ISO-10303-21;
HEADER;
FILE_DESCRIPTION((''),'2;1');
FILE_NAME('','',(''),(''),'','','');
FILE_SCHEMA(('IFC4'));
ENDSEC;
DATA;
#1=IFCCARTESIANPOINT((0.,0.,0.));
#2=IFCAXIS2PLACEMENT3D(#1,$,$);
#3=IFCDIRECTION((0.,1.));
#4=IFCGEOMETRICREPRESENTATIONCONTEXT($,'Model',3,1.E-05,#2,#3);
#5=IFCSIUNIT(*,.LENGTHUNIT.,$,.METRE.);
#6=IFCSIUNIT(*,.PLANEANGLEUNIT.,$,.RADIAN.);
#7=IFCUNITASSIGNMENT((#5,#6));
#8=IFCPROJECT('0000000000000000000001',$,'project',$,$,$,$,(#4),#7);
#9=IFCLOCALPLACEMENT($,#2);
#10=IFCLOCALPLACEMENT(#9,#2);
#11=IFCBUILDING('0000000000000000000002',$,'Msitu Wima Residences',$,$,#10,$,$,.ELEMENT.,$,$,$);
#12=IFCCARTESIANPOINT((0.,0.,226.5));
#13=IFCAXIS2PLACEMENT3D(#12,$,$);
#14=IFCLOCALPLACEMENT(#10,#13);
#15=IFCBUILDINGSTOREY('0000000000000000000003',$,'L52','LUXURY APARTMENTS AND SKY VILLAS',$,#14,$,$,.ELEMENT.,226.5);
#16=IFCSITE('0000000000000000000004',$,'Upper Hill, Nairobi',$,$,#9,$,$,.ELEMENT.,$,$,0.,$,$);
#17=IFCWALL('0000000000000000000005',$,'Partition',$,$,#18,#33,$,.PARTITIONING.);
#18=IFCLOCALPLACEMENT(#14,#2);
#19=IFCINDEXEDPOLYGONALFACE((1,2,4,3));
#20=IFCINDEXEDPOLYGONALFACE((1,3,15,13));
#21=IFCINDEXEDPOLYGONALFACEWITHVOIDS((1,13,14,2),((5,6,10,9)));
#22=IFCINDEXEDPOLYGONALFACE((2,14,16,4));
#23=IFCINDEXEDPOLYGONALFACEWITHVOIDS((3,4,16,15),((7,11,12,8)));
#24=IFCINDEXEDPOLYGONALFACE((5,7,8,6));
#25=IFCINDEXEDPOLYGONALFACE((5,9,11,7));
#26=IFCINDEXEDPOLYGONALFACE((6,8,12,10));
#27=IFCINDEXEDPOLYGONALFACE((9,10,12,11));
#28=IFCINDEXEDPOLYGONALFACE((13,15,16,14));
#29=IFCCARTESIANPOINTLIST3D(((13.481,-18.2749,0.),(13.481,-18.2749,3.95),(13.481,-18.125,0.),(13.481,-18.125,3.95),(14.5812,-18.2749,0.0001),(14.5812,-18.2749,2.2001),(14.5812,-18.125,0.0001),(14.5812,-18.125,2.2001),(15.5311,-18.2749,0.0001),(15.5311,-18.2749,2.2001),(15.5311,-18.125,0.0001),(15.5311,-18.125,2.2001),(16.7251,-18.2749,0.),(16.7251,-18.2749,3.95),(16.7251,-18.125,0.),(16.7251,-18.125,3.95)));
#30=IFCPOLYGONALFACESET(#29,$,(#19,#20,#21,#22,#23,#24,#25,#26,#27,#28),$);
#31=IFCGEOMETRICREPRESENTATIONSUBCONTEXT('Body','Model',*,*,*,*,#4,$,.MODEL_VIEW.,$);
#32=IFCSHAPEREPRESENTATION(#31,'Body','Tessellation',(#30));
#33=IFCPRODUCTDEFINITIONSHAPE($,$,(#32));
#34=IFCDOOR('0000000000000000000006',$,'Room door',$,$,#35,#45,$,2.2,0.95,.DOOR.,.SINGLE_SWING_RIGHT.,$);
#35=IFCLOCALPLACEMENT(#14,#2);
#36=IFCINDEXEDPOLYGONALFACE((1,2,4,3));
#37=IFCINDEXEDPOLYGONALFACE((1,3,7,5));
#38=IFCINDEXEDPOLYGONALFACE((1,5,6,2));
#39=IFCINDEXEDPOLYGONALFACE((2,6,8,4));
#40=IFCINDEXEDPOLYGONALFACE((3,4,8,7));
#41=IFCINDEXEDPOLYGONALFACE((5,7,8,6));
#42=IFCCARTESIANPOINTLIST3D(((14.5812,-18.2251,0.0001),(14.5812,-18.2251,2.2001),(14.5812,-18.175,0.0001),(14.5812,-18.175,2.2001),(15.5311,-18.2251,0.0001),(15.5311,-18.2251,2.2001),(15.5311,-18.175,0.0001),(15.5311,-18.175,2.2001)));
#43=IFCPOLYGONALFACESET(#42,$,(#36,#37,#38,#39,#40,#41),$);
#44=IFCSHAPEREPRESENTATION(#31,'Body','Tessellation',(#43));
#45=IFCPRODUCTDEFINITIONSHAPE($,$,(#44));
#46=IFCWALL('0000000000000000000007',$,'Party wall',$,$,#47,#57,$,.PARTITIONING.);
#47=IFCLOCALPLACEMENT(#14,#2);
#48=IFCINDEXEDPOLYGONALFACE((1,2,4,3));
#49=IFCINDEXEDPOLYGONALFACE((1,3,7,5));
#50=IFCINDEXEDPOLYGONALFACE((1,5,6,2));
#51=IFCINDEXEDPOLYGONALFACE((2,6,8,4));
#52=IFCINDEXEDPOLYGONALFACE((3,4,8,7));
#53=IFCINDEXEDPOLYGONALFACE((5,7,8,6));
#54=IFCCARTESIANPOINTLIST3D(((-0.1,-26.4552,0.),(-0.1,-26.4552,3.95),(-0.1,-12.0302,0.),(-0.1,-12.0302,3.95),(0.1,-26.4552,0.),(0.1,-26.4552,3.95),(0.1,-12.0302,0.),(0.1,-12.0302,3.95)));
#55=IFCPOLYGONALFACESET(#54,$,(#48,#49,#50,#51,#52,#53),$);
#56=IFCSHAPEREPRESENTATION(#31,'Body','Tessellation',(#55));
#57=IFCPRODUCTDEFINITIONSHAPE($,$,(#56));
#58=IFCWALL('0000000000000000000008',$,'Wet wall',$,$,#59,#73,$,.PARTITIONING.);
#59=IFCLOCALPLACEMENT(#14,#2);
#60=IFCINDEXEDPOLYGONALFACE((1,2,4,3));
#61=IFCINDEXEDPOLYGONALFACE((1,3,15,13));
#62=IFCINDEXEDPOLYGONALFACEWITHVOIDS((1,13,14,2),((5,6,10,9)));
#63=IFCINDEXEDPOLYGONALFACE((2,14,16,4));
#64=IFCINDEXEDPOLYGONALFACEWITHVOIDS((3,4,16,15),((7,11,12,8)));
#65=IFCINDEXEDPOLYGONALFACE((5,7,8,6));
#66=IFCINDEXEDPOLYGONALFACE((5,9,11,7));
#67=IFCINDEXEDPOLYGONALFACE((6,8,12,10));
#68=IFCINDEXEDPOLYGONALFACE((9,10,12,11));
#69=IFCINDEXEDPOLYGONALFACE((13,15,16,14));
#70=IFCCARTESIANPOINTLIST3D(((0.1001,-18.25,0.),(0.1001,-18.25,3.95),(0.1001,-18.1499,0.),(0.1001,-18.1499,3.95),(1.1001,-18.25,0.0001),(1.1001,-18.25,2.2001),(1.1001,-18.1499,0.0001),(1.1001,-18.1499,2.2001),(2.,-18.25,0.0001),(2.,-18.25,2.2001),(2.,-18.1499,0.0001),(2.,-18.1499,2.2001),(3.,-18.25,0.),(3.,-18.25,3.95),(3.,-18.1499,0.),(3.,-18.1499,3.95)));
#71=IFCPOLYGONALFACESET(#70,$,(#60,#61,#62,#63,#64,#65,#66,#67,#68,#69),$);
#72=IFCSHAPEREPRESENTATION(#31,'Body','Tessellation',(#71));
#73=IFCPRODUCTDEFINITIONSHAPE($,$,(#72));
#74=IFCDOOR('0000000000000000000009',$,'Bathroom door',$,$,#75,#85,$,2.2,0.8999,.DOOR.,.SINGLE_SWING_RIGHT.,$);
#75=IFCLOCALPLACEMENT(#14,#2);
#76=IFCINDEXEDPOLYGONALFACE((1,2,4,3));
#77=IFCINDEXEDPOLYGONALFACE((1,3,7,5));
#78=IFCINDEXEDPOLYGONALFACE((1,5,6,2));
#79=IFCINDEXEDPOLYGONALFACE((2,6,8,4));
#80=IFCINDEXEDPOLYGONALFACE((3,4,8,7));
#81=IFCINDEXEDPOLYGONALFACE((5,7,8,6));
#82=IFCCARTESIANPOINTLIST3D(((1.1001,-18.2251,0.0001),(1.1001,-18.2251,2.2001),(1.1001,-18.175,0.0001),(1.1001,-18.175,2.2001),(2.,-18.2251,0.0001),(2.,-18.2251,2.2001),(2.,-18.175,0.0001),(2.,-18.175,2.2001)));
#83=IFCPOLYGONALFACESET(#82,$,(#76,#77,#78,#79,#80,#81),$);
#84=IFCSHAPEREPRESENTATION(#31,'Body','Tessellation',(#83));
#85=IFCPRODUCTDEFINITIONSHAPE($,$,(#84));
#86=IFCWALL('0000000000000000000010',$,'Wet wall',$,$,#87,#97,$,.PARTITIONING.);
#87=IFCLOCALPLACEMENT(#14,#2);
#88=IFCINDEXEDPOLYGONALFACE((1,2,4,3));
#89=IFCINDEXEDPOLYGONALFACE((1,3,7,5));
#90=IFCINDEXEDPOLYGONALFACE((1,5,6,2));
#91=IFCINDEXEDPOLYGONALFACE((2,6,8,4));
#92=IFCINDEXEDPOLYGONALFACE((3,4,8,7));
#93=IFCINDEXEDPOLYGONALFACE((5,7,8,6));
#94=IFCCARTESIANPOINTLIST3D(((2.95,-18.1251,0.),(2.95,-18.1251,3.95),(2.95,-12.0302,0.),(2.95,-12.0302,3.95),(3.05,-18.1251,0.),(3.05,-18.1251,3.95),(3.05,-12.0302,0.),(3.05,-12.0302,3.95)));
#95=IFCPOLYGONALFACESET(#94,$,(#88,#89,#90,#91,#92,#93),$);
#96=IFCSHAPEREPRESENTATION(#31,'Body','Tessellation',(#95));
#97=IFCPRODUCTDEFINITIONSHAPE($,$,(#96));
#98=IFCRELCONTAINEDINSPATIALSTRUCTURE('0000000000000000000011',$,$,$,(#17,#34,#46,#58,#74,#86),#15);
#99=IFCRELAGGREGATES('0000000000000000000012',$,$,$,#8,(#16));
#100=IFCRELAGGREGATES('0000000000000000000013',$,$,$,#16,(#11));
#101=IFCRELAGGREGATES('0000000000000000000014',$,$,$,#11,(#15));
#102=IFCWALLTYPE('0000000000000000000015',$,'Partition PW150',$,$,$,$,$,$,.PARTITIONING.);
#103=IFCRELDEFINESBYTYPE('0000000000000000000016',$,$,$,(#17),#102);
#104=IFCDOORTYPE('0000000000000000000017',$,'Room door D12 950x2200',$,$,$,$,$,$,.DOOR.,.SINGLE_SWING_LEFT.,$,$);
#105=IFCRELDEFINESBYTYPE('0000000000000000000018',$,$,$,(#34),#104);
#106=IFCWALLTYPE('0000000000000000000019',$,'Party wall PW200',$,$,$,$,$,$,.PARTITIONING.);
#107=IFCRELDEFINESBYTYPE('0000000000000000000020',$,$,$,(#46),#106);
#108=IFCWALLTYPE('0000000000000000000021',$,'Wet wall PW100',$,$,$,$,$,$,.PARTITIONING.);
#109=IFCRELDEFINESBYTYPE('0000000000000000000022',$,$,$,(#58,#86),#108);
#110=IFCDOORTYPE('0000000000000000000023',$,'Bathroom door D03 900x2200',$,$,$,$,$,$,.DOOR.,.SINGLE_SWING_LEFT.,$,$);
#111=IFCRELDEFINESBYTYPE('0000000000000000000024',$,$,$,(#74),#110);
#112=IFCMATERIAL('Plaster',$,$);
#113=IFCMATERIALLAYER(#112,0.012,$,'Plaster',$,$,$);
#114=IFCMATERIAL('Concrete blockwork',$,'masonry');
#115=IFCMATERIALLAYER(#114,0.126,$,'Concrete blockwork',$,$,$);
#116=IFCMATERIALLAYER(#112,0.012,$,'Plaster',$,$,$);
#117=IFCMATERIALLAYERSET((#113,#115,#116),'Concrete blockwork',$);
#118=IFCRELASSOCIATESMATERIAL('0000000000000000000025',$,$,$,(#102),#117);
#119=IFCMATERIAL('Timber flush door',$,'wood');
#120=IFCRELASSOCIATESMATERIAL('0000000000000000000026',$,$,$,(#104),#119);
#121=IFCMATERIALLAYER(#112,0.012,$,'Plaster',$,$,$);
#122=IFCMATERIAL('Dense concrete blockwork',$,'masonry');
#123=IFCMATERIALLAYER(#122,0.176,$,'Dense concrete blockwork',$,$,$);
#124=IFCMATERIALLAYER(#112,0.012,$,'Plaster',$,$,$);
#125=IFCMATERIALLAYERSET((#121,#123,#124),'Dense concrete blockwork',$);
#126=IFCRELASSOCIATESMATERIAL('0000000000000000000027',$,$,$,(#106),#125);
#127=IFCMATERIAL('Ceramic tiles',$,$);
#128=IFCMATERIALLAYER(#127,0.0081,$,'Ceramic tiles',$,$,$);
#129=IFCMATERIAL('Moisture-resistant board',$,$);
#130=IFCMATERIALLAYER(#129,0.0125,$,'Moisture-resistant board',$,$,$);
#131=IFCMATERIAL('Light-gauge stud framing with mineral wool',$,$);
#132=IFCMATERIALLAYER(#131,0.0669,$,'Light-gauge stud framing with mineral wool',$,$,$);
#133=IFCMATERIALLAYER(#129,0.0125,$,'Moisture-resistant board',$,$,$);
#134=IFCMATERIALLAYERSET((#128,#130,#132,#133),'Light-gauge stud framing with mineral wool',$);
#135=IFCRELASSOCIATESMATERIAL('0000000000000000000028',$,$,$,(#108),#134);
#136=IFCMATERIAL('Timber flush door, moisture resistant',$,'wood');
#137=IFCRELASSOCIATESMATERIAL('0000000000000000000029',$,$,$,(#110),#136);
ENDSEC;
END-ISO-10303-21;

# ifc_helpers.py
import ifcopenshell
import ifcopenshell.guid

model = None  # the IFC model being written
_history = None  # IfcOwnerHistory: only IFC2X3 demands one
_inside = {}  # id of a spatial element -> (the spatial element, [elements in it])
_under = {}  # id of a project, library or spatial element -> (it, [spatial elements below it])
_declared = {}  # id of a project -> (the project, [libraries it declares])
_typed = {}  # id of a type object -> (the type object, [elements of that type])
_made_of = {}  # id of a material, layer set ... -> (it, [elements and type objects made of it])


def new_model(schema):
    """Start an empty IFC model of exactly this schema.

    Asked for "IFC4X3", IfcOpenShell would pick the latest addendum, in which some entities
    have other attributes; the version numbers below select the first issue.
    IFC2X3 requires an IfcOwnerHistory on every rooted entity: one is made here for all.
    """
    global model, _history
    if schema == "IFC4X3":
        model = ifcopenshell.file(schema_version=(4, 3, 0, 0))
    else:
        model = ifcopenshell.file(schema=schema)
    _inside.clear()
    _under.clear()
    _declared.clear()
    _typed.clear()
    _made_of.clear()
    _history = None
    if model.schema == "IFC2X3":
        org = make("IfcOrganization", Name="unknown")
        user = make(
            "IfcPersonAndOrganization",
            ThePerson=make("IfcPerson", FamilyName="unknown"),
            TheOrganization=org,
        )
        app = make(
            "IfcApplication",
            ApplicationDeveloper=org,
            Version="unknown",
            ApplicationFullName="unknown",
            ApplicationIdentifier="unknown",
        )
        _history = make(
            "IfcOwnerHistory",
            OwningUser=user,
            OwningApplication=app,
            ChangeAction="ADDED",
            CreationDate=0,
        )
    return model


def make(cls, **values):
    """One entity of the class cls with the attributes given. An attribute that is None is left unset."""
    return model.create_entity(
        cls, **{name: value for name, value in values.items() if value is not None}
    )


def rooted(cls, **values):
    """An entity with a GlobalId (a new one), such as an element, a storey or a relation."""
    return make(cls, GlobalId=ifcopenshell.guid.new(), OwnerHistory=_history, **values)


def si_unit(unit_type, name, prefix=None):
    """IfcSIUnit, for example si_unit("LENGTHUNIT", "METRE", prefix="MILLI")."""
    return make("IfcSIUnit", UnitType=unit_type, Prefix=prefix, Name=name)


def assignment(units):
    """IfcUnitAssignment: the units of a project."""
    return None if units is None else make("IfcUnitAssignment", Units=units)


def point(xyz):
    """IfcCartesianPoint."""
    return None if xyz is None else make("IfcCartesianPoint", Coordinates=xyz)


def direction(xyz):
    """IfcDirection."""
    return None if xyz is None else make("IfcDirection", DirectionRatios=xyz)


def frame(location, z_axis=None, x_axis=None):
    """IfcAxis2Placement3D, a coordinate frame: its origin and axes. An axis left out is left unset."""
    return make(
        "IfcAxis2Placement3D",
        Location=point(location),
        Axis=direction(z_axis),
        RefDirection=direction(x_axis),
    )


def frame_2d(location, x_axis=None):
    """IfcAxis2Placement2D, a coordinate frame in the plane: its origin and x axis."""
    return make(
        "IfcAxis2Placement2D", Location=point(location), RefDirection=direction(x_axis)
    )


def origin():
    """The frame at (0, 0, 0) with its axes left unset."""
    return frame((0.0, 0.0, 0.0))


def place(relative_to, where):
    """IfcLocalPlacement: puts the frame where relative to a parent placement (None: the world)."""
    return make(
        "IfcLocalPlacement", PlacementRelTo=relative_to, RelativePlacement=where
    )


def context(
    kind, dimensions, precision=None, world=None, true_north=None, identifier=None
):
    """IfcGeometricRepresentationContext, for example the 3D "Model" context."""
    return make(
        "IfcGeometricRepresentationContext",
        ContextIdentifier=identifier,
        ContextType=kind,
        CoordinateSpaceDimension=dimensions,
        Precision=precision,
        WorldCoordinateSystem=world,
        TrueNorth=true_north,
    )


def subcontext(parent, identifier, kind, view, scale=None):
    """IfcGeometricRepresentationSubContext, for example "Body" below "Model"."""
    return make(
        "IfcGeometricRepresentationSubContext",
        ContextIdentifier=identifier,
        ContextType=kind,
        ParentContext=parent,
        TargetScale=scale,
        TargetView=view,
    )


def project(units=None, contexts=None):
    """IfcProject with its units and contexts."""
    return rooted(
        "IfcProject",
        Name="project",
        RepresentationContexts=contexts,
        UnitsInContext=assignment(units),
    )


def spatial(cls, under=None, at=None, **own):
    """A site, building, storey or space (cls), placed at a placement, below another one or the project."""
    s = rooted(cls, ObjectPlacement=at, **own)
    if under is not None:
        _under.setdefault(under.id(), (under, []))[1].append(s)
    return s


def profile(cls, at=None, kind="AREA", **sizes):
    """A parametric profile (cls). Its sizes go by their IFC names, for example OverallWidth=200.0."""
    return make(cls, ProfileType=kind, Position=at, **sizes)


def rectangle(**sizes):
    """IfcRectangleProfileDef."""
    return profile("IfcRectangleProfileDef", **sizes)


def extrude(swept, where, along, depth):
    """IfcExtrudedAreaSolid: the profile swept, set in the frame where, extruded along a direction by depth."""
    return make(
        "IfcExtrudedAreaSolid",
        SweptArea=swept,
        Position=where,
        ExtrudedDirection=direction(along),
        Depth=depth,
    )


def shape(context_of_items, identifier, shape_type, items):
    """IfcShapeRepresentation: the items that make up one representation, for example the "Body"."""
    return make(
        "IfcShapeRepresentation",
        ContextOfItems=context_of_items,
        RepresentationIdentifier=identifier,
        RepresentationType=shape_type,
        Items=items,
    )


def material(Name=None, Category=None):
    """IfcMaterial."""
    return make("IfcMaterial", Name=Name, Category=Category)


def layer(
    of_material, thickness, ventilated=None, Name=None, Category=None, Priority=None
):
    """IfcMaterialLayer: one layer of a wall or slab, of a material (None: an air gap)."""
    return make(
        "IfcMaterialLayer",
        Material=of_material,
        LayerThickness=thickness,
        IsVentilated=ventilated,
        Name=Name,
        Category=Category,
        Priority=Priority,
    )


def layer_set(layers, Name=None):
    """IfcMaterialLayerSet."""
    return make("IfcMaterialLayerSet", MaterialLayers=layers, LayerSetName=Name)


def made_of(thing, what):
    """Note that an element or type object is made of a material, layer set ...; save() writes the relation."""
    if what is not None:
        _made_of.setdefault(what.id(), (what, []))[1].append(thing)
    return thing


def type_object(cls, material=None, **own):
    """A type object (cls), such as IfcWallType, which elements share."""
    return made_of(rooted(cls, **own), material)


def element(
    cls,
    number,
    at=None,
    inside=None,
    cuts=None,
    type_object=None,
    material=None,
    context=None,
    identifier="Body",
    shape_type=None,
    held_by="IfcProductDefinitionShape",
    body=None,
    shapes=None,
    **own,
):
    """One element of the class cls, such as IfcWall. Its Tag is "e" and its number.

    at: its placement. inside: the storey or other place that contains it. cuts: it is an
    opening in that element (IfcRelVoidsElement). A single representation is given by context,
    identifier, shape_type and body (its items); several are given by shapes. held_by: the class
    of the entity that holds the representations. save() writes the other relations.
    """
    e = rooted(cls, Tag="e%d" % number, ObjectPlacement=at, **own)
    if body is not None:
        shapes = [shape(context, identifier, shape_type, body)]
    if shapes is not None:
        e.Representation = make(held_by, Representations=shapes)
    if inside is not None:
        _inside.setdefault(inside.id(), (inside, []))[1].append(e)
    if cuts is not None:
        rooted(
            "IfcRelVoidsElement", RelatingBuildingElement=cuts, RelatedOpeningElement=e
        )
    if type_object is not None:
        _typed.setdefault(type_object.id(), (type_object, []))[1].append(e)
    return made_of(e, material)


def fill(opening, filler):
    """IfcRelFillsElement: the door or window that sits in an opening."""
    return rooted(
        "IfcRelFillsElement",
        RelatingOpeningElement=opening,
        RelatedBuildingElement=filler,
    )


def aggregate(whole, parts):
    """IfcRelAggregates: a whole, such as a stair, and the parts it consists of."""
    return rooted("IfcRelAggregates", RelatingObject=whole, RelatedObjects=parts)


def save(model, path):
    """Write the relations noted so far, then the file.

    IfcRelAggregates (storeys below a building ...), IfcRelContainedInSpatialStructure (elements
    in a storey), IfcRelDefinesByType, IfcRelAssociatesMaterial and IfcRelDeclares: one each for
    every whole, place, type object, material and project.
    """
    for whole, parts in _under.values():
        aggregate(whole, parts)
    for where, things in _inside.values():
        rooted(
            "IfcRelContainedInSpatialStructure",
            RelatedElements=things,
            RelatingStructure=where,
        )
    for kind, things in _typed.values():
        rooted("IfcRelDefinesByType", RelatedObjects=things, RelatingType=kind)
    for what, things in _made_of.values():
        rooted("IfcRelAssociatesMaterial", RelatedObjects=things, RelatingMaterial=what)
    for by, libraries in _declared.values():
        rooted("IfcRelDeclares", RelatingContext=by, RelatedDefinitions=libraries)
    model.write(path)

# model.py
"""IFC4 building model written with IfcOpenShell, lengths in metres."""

from ifc_helpers import new_model, si_unit, direction, frame, frame_2d, origin, place, context, subcontext, project, spatial, rectangle, extrude, material, layer, layer_set, type_object, element, fill, save


model = new_model("IFC4")

# Units and contexts
model_context = context("Model", 3, precision=1e-05, world=origin(), true_north=direction((0.0, 1.0)))
body_context = subcontext(model_context, "Body", "Model", "MODEL_VIEW")
ifc_project = project(units=[si_unit("LENGTHUNIT", "METRE"), si_unit("PLANEANGLEUNIT", "RADIAN")], contexts=[model_context])

# Site, building, storey
site_placement = place(None, origin())
site = spatial("IfcSite", under=ifc_project, at=site_placement, Name="Upper Hill, Nairobi", CompositionType="ELEMENT", RefElevation=0.0)
building_placement = place(site_placement, origin())
building = spatial("IfcBuilding", under=site, at=building_placement, Name="Msitu Wima Residences", CompositionType="ELEMENT")
storey_placement = place(building_placement, frame((0.0, 0.0, 226.5)))
storey = spatial("IfcBuildingStorey", under=building, at=storey_placement, Name="L52", Description="LUXURY APARTMENTS AND SKY VILLAS", CompositionType="ELEMENT", Elevation=226.5)

# Shared definitions
ifc_material_1 = material(Name="Plaster")
ifc_layer_1 = layer(ifc_material_1, 0.012, Name="Plaster")
ifc_material_2 = material(Name="Concrete blockwork", Category="masonry")
ifc_layer_2 = layer(ifc_material_2, 0.126, Name="Concrete blockwork")
ifc_layer_3 = layer(ifc_material_1, 0.012, Name="Plaster")
ifc_layer_set_1 = layer_set([ifc_layer_1, ifc_layer_2, ifc_layer_3], Name="Concrete blockwork")
wall_type_1 = type_object("IfcWallType", Name="Partition PW150", PredefinedType="PARTITIONING", material=ifc_layer_set_1)

# Shared definitions
ifc_material_3 = material(Name="Timber flush door", Category="wood")
door_type_1 = type_object("IfcDoorType", Name="Room door D12 950x2200", OperationType="SINGLE_SWING_LEFT", PredefinedType="DOOR", material=ifc_material_3)

# Wall, opening, door
wall_1_placement = place(storey_placement, frame((13.481, -18.2, 0.0), z_axis=(0.0, 0.0, 1.0), x_axis=(1.0, 0.0, 0.0)))
wall_1 = element("IfcWall", 1, at=wall_1_placement, inside=storey, type_object=wall_type_1, Name="Partition", PredefinedType="PARTITIONING", context=body_context, shape_type="SweptSolid", body=[
    extrude(rectangle(XDim=3.2441, YDim=0.1499, at=frame_2d((1.6221, 0.0))), origin(), (0.0, 0.0, 1.0), 3.95),
])
opening_1_placement = place(wall_1_placement, frame((1.1001, 0.0, 0.0)))
opening_1 = element("IfcOpeningElement", 2, at=opening_1_placement, cuts=wall_1, PredefinedType="OPENING", context=body_context, shape_type="SweptSolid", body=[
    extrude(rectangle(XDim=0.95, YDim=2.2, at=frame_2d((0.4751, 1.1001))), frame((0.0, 0.085, 0.0), z_axis=(0.0, -1.0, 0.0), x_axis=(1.0, 0.0, 0.0)), (0.0, 0.0, 1.0), 0.1699),
])
door_1_placement = place(opening_1_placement, origin())
door_1 = element("IfcDoor", 3, at=door_1_placement, inside=storey, type_object=door_type_1, Name="Room door", OperationType="SINGLE_SWING_RIGHT", OverallHeight=2.2, OverallWidth=0.95, PredefinedType="DOOR", context=body_context, shape_type="SweptSolid", body=[
    extrude(rectangle(XDim=0.95, YDim=2.2, at=frame_2d((0.4751, 1.1001))), frame((0.0, 0.0249, 0.0), z_axis=(0.0, -1.0, 0.0), x_axis=(1.0, 0.0, 0.0)), (0.0, 0.0, 1.0), 0.05),
])
fill(opening_1, door_1)

# Wall
ifc_layer_4 = layer(ifc_material_1, 0.012, Name="Plaster")
ifc_material_4 = material(Name="Dense concrete blockwork", Category="masonry")
ifc_layer_5 = layer(ifc_material_4, 0.176, Name="Dense concrete blockwork")
ifc_layer_6 = layer(ifc_material_1, 0.012, Name="Plaster")
ifc_layer_set_2 = layer_set([ifc_layer_4, ifc_layer_5, ifc_layer_6], Name="Dense concrete blockwork")
wall_type_2 = type_object("IfcWallType", Name="Party wall PW200", PredefinedType="PARTITIONING", material=ifc_layer_set_2)
wall_2_placement = place(storey_placement, frame((0.0, -26.4551, 0.0), z_axis=(0.0, 0.0, 1.0), x_axis=(0.0, 1.0, 0.0)))
element("IfcWall", 4, at=wall_2_placement, inside=storey, type_object=wall_type_2, Name="Party wall", PredefinedType="PARTITIONING", context=body_context, shape_type="SweptSolid", body=[
    extrude(rectangle(XDim=14.425, YDim=0.2, at=frame_2d((7.2124, 0.0))), origin(), (0.0, 0.0, 1.0), 3.95),
])

# Wall, opening, door
ifc_material_5 = material(Name="Ceramic tiles")
ifc_layer_7 = layer(ifc_material_5, 0.0081, Name="Ceramic tiles")
ifc_material_6 = material(Name="Moisture-resistant board")
ifc_layer_8 = layer(ifc_material_6, 0.0125, Name="Moisture-resistant board")
ifc_material_7 = material(Name="Light-gauge stud framing with mineral wool")
ifc_layer_9 = layer(ifc_material_7, 0.0669, Name="Light-gauge stud framing with mineral wool")
ifc_layer_10 = layer(ifc_material_6, 0.0125, Name="Moisture-resistant board")
ifc_layer_set_3 = layer_set([ifc_layer_7, ifc_layer_8, ifc_layer_9, ifc_layer_10], Name="Light-gauge stud framing with mineral wool")
wall_type_3 = type_object("IfcWallType", Name="Wet wall PW100", PredefinedType="PARTITIONING", material=ifc_layer_set_3)
wall_3_placement = place(storey_placement, frame((0.1001, -18.2, 0.0), z_axis=(0.0, 0.0, 1.0), x_axis=(1.0, 0.0, 0.0)))
wall_3 = element("IfcWall", 5, at=wall_3_placement, inside=storey, type_object=wall_type_3, Name="Wet wall", PredefinedType="PARTITIONING", context=body_context, shape_type="SweptSolid", body=[
    extrude(rectangle(XDim=2.8999, YDim=0.1001, at=frame_2d((1.45, 0.0))), origin(), (0.0, 0.0, 1.0), 3.95),
])
opening_2_placement = place(wall_3_placement, frame((1.0, 0.0, 0.0)))
opening_2 = element("IfcOpeningElement", 6, at=opening_2_placement, cuts=wall_3, PredefinedType="OPENING", context=body_context, shape_type="SweptSolid", body=[
    extrude(rectangle(XDim=0.8999, YDim=2.2, at=frame_2d((0.45, 1.1001))), frame((0.0, 0.0601, 0.0), z_axis=(0.0, -1.0, 0.0), x_axis=(1.0, 0.0, 0.0)), (0.0, 0.0, 1.0), 0.1201),
])
ifc_material_8 = material(Name="Timber flush door, moisture resistant", Category="wood")
door_type_2 = type_object("IfcDoorType", Name="Bathroom door D03 900x2200", OperationType="SINGLE_SWING_LEFT", PredefinedType="DOOR", material=ifc_material_8)
door_2_placement = place(opening_2_placement, origin())
door_2 = element("IfcDoor", 7, at=door_2_placement, inside=storey, type_object=door_type_2, Name="Bathroom door", OperationType="SINGLE_SWING_RIGHT", OverallHeight=2.2, OverallWidth=0.8999, PredefinedType="DOOR", context=body_context, shape_type="SweptSolid", body=[
    extrude(rectangle(XDim=0.8999, YDim=2.2, at=frame_2d((0.45, 1.1001))), frame((0.0, 0.0249, 0.0), z_axis=(0.0, -1.0, 0.0), x_axis=(1.0, 0.0, 0.0)), (0.0, 0.0, 1.0), 0.05),
])
fill(opening_2, door_2)

# Wall
wall_4_placement = place(storey_placement, frame((3.0, -18.125, 0.0), z_axis=(0.0, 0.0, 1.0), x_axis=(0.0, 1.0, 0.0)))
element("IfcWall", 8, at=wall_4_placement, inside=storey, type_object=wall_type_3, Name="Wet wall", PredefinedType="PARTITIONING", context=body_context, shape_type="SweptSolid", body=[
    extrude(rectangle(XDim=6.095, YDim=0.1001, at=frame_2d((3.0474, 0.0))), origin(), (0.0, 0.0, 1.0), 3.95),
])

save(model, "model.ifc")
